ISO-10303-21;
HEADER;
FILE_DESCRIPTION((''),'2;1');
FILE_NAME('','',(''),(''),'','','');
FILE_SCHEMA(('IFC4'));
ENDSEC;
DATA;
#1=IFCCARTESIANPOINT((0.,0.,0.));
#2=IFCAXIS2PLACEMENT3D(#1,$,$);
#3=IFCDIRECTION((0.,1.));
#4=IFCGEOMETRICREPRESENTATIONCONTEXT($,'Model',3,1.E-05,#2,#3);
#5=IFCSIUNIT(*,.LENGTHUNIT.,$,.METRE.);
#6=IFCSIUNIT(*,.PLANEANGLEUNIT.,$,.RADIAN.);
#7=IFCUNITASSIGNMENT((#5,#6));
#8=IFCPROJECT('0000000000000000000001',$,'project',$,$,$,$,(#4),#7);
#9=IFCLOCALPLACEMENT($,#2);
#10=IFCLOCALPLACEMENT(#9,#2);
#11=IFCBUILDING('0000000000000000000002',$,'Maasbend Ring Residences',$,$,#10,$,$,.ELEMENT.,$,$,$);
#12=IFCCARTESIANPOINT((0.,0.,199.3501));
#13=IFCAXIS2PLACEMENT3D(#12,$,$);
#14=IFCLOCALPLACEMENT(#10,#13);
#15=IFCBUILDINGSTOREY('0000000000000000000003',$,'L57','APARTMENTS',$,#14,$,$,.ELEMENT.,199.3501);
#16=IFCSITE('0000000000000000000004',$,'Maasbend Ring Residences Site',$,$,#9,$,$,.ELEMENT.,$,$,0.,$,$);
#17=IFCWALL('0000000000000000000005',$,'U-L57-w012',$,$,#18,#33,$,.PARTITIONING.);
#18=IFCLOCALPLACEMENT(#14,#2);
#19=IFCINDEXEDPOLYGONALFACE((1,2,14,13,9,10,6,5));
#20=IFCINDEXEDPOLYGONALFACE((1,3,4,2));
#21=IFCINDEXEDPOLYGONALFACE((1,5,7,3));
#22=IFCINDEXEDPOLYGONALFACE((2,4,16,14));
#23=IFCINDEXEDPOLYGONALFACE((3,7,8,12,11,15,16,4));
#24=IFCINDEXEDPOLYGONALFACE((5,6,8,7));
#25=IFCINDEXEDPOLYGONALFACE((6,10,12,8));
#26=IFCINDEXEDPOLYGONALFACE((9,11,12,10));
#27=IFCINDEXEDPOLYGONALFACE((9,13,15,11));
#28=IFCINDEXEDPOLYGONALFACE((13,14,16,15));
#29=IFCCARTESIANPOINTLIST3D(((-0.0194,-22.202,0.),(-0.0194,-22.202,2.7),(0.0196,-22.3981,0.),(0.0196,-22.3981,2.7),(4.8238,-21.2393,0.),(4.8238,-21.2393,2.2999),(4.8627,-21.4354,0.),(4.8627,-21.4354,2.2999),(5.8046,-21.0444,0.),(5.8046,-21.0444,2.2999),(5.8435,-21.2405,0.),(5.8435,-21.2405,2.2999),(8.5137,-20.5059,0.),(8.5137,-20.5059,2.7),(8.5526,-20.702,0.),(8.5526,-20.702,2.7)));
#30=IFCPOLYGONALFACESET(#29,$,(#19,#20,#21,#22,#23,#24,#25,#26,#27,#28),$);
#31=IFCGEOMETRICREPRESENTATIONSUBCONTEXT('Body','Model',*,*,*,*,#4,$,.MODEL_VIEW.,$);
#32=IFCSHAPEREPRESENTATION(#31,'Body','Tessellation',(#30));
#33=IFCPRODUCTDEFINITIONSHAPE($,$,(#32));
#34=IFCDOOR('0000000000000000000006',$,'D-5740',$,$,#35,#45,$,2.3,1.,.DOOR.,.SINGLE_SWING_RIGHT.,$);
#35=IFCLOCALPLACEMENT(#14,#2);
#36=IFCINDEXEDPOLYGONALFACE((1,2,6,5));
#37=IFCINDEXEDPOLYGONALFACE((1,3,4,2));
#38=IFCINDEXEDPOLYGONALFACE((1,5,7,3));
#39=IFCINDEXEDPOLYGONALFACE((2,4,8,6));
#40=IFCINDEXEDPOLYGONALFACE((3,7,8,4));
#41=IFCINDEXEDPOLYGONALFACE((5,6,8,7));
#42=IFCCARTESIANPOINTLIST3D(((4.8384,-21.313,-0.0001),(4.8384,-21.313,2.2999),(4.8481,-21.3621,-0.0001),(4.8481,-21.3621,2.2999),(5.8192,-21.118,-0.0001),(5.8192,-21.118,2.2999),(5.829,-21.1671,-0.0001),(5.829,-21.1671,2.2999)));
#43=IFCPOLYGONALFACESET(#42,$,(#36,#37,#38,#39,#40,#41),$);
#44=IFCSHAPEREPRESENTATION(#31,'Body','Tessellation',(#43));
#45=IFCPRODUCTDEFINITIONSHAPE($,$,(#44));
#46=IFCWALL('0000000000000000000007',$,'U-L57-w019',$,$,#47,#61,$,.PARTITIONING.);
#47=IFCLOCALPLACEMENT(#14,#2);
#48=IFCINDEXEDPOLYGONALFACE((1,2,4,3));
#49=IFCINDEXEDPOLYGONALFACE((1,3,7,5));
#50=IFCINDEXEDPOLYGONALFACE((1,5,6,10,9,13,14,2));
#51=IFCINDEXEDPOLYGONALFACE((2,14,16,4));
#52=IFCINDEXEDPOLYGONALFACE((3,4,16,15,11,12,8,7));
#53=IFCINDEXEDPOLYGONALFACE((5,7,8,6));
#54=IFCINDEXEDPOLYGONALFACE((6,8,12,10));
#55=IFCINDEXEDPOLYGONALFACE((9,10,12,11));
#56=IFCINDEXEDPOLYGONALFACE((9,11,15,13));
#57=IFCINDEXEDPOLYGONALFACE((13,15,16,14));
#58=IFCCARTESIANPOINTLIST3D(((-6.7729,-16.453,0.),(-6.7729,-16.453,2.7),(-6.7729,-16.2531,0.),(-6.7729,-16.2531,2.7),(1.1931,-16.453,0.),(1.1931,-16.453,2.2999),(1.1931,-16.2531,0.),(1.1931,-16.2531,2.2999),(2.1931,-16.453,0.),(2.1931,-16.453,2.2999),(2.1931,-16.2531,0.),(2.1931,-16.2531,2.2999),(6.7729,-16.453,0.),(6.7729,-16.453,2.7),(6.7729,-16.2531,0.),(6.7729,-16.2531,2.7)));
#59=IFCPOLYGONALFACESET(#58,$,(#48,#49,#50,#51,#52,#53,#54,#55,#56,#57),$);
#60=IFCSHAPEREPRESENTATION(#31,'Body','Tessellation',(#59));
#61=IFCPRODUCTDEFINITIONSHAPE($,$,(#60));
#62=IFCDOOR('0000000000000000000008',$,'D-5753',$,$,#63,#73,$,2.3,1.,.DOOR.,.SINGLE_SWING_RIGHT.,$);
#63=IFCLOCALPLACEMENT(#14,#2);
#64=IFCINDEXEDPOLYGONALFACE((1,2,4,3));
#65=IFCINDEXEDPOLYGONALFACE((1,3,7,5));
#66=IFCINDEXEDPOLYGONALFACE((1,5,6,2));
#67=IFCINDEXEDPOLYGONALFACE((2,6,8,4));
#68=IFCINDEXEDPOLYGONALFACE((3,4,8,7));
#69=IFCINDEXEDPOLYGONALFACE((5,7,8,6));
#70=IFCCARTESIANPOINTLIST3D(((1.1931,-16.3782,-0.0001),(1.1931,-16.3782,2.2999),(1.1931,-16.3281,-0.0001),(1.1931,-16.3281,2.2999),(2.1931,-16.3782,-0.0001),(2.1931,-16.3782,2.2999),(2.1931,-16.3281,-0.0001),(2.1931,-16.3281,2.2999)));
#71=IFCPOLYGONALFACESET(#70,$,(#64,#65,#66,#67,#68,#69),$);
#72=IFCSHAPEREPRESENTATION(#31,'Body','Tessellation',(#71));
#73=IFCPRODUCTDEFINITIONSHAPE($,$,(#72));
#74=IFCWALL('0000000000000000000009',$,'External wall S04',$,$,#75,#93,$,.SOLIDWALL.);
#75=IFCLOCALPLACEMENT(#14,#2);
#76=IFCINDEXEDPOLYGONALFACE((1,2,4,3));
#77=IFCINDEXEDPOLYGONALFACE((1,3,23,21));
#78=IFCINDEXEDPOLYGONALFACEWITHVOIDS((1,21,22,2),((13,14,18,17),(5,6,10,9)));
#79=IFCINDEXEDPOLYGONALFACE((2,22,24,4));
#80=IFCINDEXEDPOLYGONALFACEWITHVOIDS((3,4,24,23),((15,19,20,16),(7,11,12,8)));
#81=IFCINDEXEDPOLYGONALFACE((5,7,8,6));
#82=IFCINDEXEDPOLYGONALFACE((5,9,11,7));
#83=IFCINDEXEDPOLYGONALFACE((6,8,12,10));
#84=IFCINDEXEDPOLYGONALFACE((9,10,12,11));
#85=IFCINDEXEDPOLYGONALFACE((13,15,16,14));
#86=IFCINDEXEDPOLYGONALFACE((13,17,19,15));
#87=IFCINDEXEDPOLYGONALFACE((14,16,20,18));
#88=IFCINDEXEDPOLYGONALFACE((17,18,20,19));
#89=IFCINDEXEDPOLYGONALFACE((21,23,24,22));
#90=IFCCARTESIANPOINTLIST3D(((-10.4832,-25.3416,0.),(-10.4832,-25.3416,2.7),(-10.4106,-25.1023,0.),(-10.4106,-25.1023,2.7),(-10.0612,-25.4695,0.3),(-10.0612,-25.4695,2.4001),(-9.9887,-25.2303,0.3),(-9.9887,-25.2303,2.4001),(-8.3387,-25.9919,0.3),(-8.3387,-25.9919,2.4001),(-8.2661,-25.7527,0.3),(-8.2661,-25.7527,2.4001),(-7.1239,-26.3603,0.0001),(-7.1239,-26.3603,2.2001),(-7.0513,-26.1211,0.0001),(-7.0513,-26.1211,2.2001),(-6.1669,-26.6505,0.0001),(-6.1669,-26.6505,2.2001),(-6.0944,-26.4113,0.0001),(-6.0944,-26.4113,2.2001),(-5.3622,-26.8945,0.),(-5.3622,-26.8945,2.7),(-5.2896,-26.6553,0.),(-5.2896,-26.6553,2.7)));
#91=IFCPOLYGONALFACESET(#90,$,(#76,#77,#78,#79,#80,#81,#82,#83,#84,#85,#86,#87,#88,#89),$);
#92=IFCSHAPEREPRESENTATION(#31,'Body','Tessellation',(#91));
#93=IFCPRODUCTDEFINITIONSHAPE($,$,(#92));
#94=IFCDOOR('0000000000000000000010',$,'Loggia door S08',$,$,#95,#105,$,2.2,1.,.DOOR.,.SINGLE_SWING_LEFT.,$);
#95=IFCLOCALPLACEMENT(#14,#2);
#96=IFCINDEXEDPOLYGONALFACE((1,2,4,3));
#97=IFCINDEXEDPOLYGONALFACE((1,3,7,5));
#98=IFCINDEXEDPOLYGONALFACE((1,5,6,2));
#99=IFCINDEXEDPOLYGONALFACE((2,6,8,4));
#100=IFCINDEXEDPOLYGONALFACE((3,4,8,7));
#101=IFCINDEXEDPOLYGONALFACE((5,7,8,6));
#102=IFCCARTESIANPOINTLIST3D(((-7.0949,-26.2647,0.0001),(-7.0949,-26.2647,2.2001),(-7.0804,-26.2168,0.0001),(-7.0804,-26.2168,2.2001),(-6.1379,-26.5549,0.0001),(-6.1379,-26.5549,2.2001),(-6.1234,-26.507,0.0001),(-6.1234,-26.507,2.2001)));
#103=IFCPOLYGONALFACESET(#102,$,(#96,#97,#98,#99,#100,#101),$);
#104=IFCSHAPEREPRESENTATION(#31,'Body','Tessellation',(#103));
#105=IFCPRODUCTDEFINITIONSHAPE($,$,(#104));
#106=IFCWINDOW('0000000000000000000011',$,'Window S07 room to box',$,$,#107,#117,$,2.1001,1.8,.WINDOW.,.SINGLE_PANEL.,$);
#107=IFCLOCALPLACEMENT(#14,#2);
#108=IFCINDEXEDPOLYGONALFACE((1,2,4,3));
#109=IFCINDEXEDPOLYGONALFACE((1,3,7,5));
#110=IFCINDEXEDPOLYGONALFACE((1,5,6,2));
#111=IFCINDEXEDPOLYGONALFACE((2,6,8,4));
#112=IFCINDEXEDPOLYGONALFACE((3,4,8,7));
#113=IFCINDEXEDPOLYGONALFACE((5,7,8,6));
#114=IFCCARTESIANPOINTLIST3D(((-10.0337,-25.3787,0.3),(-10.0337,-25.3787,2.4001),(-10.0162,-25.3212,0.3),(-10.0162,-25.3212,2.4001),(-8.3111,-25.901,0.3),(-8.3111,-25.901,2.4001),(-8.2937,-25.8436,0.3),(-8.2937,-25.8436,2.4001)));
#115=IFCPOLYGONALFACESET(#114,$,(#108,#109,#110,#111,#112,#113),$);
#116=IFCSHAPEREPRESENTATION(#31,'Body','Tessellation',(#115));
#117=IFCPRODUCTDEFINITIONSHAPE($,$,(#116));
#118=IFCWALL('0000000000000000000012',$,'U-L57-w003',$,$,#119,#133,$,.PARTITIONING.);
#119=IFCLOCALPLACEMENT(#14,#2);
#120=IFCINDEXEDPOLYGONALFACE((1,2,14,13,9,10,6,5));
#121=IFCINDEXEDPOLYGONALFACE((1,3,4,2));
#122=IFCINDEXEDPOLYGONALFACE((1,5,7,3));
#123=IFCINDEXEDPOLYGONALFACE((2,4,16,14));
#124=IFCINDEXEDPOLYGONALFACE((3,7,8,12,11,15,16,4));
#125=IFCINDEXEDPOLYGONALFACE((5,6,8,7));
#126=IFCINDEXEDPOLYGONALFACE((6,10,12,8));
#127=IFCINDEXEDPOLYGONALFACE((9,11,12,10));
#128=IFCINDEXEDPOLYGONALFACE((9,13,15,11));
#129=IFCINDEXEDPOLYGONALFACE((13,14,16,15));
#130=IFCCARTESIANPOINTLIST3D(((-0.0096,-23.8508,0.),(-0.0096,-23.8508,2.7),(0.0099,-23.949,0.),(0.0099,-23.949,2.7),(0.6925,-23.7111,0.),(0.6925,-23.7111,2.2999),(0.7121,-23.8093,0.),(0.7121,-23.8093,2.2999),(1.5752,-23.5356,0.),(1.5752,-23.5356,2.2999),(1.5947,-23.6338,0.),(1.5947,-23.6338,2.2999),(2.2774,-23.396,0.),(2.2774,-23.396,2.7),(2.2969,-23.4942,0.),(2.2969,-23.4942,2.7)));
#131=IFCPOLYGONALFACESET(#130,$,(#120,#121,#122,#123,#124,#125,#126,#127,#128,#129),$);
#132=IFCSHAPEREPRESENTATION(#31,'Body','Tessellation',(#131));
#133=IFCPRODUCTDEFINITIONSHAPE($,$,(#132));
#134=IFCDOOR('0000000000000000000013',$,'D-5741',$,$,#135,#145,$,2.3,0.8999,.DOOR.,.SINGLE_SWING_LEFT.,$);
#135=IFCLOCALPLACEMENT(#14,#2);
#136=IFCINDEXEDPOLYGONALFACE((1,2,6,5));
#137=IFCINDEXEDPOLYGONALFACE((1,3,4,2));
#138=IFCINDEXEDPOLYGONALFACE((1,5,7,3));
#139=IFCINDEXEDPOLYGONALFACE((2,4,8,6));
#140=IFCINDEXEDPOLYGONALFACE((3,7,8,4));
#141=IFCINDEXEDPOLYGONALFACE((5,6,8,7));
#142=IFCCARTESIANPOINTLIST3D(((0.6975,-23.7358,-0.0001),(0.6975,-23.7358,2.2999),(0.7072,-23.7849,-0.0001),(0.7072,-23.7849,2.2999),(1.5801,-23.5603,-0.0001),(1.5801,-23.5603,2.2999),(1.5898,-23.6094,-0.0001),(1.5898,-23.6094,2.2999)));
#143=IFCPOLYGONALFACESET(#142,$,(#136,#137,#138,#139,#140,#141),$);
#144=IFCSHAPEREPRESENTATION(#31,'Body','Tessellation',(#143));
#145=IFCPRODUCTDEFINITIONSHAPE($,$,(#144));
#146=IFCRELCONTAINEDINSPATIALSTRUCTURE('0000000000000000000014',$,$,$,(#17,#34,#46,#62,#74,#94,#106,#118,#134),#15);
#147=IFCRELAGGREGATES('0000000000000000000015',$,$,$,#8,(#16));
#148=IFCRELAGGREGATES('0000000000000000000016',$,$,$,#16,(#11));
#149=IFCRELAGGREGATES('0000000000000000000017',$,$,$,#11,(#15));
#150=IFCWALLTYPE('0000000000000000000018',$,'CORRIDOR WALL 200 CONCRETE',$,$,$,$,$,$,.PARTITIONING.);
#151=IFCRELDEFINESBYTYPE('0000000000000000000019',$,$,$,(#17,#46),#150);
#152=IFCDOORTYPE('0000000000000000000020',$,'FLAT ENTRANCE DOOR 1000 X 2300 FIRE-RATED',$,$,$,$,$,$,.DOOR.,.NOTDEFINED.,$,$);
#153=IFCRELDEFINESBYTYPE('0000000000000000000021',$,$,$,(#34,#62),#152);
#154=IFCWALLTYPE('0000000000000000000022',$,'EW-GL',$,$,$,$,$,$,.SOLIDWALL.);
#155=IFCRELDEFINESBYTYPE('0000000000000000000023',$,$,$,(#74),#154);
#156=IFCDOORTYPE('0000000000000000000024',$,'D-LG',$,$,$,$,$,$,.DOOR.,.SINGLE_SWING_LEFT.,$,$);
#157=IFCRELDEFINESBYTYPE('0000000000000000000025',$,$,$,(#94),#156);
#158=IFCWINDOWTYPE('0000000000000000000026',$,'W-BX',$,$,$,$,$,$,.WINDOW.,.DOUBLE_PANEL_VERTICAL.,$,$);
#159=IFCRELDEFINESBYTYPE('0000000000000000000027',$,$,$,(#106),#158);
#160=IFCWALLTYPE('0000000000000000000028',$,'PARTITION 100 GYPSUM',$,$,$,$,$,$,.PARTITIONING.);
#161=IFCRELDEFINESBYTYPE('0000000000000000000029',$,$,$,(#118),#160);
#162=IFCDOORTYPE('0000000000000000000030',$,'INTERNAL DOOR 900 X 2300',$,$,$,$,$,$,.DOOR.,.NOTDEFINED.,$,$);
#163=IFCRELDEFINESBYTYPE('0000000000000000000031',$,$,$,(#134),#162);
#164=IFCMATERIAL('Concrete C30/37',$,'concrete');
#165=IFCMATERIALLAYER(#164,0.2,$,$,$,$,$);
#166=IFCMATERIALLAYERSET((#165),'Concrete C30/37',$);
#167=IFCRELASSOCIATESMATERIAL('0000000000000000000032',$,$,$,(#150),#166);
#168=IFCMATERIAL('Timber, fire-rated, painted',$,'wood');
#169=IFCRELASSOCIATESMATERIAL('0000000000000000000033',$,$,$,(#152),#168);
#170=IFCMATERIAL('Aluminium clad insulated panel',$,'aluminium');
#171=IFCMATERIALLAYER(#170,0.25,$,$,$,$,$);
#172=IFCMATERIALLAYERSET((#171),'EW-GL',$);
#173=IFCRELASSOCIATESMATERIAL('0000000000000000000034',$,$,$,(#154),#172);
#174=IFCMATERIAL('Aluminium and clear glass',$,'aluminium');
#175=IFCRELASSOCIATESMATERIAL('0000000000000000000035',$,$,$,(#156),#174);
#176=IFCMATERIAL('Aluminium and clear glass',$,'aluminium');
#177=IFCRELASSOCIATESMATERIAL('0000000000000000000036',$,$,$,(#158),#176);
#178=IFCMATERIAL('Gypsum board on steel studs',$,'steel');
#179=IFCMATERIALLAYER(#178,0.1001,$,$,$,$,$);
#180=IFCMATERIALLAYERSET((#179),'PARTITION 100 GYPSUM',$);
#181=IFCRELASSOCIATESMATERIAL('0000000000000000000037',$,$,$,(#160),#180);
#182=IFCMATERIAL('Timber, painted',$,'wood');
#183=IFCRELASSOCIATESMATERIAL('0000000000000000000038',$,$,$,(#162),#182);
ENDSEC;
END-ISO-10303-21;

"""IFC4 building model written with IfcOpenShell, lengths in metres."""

from ifc_helpers import new_model, si_unit, direction, frame, frame_2d, origin, place, context, subcontext, project, spatial, rectangle, extrude, material, layer, layer_set, type_object, element, fill, save


model = new_model("IFC4")

# Units and contexts
model_context = context("Model", 3, precision=1e-05, world=origin(), true_north=direction((0.0, 1.0)))
body_context = subcontext(model_context, "Body", "Model", "MODEL_VIEW")
ifc_project = project(units=[si_unit("LENGTHUNIT", "METRE"), si_unit("PLANEANGLEUNIT", "RADIAN")], contexts=[model_context])

# Site, building, storey
site_placement = place(None, origin())
site = spatial("IfcSite", under=ifc_project, at=site_placement, Name="Maasbend Ring Residences Site", CompositionType="ELEMENT", RefElevation=0.0)
building_placement = place(site_placement, origin())
building = spatial("IfcBuilding", under=site, at=building_placement, Name="Maasbend Ring Residences", CompositionType="ELEMENT")
storey_placement = place(building_placement, frame((0.0, 0.0, 199.3501)))
storey = spatial("IfcBuildingStorey", under=building, at=storey_placement, Name="L57", Description="APARTMENTS", CompositionType="ELEMENT", Elevation=199.3501)

# Walls, openings, doors
ifc_material_1 = material(Name="Concrete C30/37", Category="concrete")
ifc_layer_1 = layer(ifc_material_1, 0.2)
ifc_layer_set_1 = layer_set([ifc_layer_1], Name="Concrete C30/37")
wall_type_1 = type_object("IfcWallType", Name="CORRIDOR WALL 200 CONCRETE", PredefinedType="PARTITIONING", material=ifc_layer_set_1)
wall_1_placement = place(storey_placement, frame((0.0, -22.3, 0.0), z_axis=(0.0, 0.0, 1.0), x_axis=(0.980813, 0.19495, 0.0)))
wall_1 = element("IfcWall", 1, at=wall_1_placement, inside=storey, type_object=wall_type_1, Name="U-L57-w012", PredefinedType="PARTITIONING", context=body_context, shape_type="SweptSolid", body=[
    extrude(rectangle(XDim=8.7, YDim=0.2, at=frame_2d((4.3501, 0.0))), origin(), (0.0, 0.0, 1.0), 2.7),
])
opening_1_placement = place(wall_1_placement, frame((4.938, 0.0, 0.0)))
opening_1 = element("IfcOpeningElement", 2, at=opening_1_placement, cuts=wall_1, PredefinedType="OPENING", context=body_context, shape_type="SweptSolid", body=[
    extrude(rectangle(XDim=1.0, YDim=2.3, at=frame_2d((0.5, 1.1499))), frame((0.0, 0.1099, 0.0), z_axis=(0.0, -1.0, 0.0), x_axis=(1.0, 0.0, 0.0)), (0.0, 0.0, 1.0), 0.22),
])
ifc_material_2 = material(Name="Timber, fire-rated, painted", Category="wood")
door_type_1 = type_object("IfcDoorType", Name="FLAT ENTRANCE DOOR 1000 X 2300 FIRE-RATED", OperationType="NOTDEFINED", PredefinedType="DOOR", material=ifc_material_2)
door_1_placement = place(opening_1_placement, origin())
door_1 = element("IfcDoor", 3, at=door_1_placement, inside=storey, type_object=door_type_1, Name="D-5740", OperationType="SINGLE_SWING_RIGHT", OverallHeight=2.3, OverallWidth=1.0, PredefinedType="DOOR", context=body_context, shape_type="SweptSolid", body=[
    extrude(rectangle(XDim=1.0, YDim=2.3, at=frame_2d((0.5, 1.1499))), frame((0.0, 0.0249, 0.0), z_axis=(0.0, -1.0, 0.0), x_axis=(1.0, 0.0, 0.0)), (0.0, 0.0, 1.0), 0.05),
])
fill(opening_1, door_1)
wall_2_placement = place(storey_placement, frame((-6.7729, -16.353, 0.0), z_axis=(0.0, 0.0, 1.0), x_axis=(1.0, 0.0, 0.0)))
wall_2 = element("IfcWall", 4, at=wall_2_placement, inside=storey, type_object=wall_type_1, Name="U-L57-w019", PredefinedType="PARTITIONING", context=body_context, shape_type="SweptSolid", body=[
    extrude(rectangle(XDim=13.5459, YDim=0.2, at=frame_2d((6.7729, 0.0))), origin(), (0.0, 0.0, 1.0), 2.7),
])
opening_2_placement = place(wall_2_placement, frame((7.9661, 0.0, 0.0)))
opening_2 = element("IfcOpeningElement", 5, at=opening_2_placement, cuts=wall_2, PredefinedType="OPENING", context=body_context, shape_type="SweptSolid", body=[
    extrude(rectangle(XDim=1.0, YDim=2.3, at=frame_2d((0.5, 1.1499))), frame((0.0, 0.1099, 0.0), z_axis=(0.0, -1.0, 0.0), x_axis=(1.0, 0.0, 0.0)), (0.0, 0.0, 1.0), 0.22),
])
door_2_placement = place(opening_2_placement, origin())
door_2 = element("IfcDoor", 6, at=door_2_placement, inside=storey, type_object=door_type_1, Name="D-5753", OperationType="SINGLE_SWING_RIGHT", OverallHeight=2.3, OverallWidth=1.0, PredefinedType="DOOR", context=body_context, shape_type="SweptSolid", body=[
    extrude(rectangle(XDim=1.0, YDim=2.3, at=frame_2d((0.5, 1.1499))), frame((0.0, 0.0249, 0.0), z_axis=(0.0, -1.0, 0.0), x_axis=(1.0, 0.0, 0.0)), (0.0, 0.0, 1.0), 0.05),
])
fill(opening_2, door_2)

# Wall, openings, door, window
ifc_material_3 = material(Name="Aluminium clad insulated panel", Category="aluminium")
ifc_layer_2 = layer(ifc_material_3, 0.25)
ifc_layer_set_2 = layer_set([ifc_layer_2], Name="EW-GL")
wall_type_2 = type_object("IfcWallType", Name="EW-GL", PredefinedType="SOLIDWALL", material=ifc_layer_set_2)
wall_3_placement = place(storey_placement, frame((-10.447, -25.2219, 0.0), z_axis=(0.0, 0.0, 1.0), x_axis=(0.956966, -0.290201, 0.0)))
wall_3 = element("IfcWall", 7, at=wall_3_placement, inside=storey, type_object=wall_type_2, Name="External wall S04", PredefinedType="SOLIDWALL", context=body_context, shape_type="SweptSolid", body=[
    extrude(rectangle(XDim=5.3513, YDim=0.25, at=frame_2d((2.6758, 0.0))), origin(), (0.0, 0.0, 1.0), 2.7),
])
opening_3_placement = place(wall_3_placement, frame((0.4412, 0.0, 0.3)))
opening_3 = element("IfcOpeningElement", 8, at=opening_3_placement, cuts=wall_3, PredefinedType="OPENING", context=body_context, shape_type="SweptSolid", body=[
    extrude(rectangle(XDim=1.8, YDim=2.1001, at=frame_2d((0.8999, 1.05))), frame((0.0, 0.135, 0.0), z_axis=(0.0, -1.0, 0.0), x_axis=(1.0, 0.0, 0.0)), (0.0, 0.0, 1.0), 0.27),
])
opening_4_placement = place(wall_3_placement, frame((3.5105, 0.0, 0.0)))
opening_4 = element("IfcOpeningElement", 9, at=opening_4_placement, cuts=wall_3, PredefinedType="OPENING", context=body_context, shape_type="SweptSolid", body=[
    extrude(rectangle(XDim=1.0, YDim=2.2, at=frame_2d((0.5, 1.1001))), frame((0.0, 0.135, 0.0), z_axis=(0.0, -1.0, 0.0), x_axis=(1.0, 0.0, 0.0)), (0.0, 0.0, 1.0), 0.27),
])
ifc_material_4 = material(Name="Aluminium and clear glass", Category="aluminium")
door_type_2 = type_object("IfcDoorType", Name="D-LG", OperationType="SINGLE_SWING_LEFT", PredefinedType="DOOR", material=ifc_material_4)
door_3_placement = place(opening_4_placement, origin())
door_3 = element("IfcDoor", 10, at=door_3_placement, inside=storey, type_object=door_type_2, Name="Loggia door S08", OperationType="SINGLE_SWING_LEFT", OverallHeight=2.2, OverallWidth=1.0, PredefinedType="DOOR", context=body_context, shape_type="SweptSolid", body=[
    extrude(rectangle(XDim=1.0, YDim=2.2, at=frame_2d((0.5, 1.1001))), frame((0.0, 0.0249, 0.0), z_axis=(0.0, -1.0, 0.0), x_axis=(1.0, 0.0, 0.0)), (0.0, 0.0, 1.0), 0.05),
])
fill(opening_4, door_3)
ifc_material_5 = material(Name="Aluminium and clear glass", Category="aluminium")
window_type = type_object("IfcWindowType", Name="W-BX", PartitioningType="DOUBLE_PANEL_VERTICAL", PredefinedType="WINDOW", material=ifc_material_5)
window_placement = place(opening_3_placement, origin())
window = element("IfcWindow", 11, at=window_placement, inside=storey, type_object=window_type, Name="Window S07 room to box", OverallHeight=2.1001, OverallWidth=1.8, PartitioningType="SINGLE_PANEL", PredefinedType="WINDOW", context=body_context, shape_type="SweptSolid", body=[
    extrude(rectangle(XDim=1.8, YDim=2.1001, at=frame_2d((0.8999, 1.05))), frame((0.0, 0.03, 0.0), z_axis=(0.0, -1.0, 0.0), x_axis=(1.0, 0.0, 0.0)), (0.0, 0.0, 1.0), 0.0601),
])
fill(opening_3, window)

# Wall, opening, door
ifc_material_6 = material(Name="Gypsum board on steel studs", Category="steel")
ifc_layer_3 = layer(ifc_material_6, 0.1001)
ifc_layer_set_3 = layer_set([ifc_layer_3], Name="PARTITION 100 GYPSUM")
wall_type_3 = type_object("IfcWallType", Name="PARTITION 100 GYPSUM", PredefinedType="PARTITIONING", material=ifc_layer_set_3)
wall_4_placement = place(storey_placement, frame((0.0, -23.8999, 0.0), z_axis=(0.0, 0.0, 1.0), x_axis=(0.980794, 0.195049, 0.0)))
wall_4 = element("IfcWall", 12, at=wall_4_placement, inside=storey, type_object=wall_type_3, Name="U-L57-w003", PredefinedType="PARTITIONING", context=body_context, shape_type="SweptSolid", body=[
    extrude(rectangle(XDim=2.3318, YDim=0.1001, at=frame_2d((1.166, 0.0))), origin(), (0.0, 0.0, 1.0), 2.7),
])
opening_5_placement = place(wall_4_placement, frame((0.7161, 0.0, 0.0)))
opening_5 = element("IfcOpeningElement", 13, at=opening_5_placement, cuts=wall_4, PredefinedType="OPENING", context=body_context, shape_type="SweptSolid", body=[
    extrude(rectangle(XDim=0.8999, YDim=2.3, at=frame_2d((0.45, 1.1499))), frame((0.0, 0.0601, 0.0), z_axis=(0.0, -1.0, 0.0), x_axis=(1.0, 0.0, 0.0)), (0.0, 0.0, 1.0), 0.1201),
])
ifc_material_7 = material(Name="Timber, painted", Category="wood")
door_type_3 = type_object("IfcDoorType", Name="INTERNAL DOOR 900 X 2300", OperationType="NOTDEFINED", PredefinedType="DOOR", material=ifc_material_7)
door_4_placement = place(opening_5_placement, origin())
door_4 = element("IfcDoor", 14, at=door_4_placement, inside=storey, type_object=door_type_3, Name="D-5741", OperationType="SINGLE_SWING_LEFT", OverallHeight=2.3, OverallWidth=0.8999, PredefinedType="DOOR", context=body_context, shape_type="SweptSolid", body=[
    extrude(rectangle(XDim=0.8999, YDim=2.3, at=frame_2d((0.45, 1.1499))), frame((0.0, 0.0249, 0.0), z_axis=(0.0, -1.0, 0.0), x_axis=(1.0, 0.0, 0.0)), (0.0, 0.0, 1.0), 0.05),
])
fill(opening_5, door_4)

save(model, "model.ifc")
